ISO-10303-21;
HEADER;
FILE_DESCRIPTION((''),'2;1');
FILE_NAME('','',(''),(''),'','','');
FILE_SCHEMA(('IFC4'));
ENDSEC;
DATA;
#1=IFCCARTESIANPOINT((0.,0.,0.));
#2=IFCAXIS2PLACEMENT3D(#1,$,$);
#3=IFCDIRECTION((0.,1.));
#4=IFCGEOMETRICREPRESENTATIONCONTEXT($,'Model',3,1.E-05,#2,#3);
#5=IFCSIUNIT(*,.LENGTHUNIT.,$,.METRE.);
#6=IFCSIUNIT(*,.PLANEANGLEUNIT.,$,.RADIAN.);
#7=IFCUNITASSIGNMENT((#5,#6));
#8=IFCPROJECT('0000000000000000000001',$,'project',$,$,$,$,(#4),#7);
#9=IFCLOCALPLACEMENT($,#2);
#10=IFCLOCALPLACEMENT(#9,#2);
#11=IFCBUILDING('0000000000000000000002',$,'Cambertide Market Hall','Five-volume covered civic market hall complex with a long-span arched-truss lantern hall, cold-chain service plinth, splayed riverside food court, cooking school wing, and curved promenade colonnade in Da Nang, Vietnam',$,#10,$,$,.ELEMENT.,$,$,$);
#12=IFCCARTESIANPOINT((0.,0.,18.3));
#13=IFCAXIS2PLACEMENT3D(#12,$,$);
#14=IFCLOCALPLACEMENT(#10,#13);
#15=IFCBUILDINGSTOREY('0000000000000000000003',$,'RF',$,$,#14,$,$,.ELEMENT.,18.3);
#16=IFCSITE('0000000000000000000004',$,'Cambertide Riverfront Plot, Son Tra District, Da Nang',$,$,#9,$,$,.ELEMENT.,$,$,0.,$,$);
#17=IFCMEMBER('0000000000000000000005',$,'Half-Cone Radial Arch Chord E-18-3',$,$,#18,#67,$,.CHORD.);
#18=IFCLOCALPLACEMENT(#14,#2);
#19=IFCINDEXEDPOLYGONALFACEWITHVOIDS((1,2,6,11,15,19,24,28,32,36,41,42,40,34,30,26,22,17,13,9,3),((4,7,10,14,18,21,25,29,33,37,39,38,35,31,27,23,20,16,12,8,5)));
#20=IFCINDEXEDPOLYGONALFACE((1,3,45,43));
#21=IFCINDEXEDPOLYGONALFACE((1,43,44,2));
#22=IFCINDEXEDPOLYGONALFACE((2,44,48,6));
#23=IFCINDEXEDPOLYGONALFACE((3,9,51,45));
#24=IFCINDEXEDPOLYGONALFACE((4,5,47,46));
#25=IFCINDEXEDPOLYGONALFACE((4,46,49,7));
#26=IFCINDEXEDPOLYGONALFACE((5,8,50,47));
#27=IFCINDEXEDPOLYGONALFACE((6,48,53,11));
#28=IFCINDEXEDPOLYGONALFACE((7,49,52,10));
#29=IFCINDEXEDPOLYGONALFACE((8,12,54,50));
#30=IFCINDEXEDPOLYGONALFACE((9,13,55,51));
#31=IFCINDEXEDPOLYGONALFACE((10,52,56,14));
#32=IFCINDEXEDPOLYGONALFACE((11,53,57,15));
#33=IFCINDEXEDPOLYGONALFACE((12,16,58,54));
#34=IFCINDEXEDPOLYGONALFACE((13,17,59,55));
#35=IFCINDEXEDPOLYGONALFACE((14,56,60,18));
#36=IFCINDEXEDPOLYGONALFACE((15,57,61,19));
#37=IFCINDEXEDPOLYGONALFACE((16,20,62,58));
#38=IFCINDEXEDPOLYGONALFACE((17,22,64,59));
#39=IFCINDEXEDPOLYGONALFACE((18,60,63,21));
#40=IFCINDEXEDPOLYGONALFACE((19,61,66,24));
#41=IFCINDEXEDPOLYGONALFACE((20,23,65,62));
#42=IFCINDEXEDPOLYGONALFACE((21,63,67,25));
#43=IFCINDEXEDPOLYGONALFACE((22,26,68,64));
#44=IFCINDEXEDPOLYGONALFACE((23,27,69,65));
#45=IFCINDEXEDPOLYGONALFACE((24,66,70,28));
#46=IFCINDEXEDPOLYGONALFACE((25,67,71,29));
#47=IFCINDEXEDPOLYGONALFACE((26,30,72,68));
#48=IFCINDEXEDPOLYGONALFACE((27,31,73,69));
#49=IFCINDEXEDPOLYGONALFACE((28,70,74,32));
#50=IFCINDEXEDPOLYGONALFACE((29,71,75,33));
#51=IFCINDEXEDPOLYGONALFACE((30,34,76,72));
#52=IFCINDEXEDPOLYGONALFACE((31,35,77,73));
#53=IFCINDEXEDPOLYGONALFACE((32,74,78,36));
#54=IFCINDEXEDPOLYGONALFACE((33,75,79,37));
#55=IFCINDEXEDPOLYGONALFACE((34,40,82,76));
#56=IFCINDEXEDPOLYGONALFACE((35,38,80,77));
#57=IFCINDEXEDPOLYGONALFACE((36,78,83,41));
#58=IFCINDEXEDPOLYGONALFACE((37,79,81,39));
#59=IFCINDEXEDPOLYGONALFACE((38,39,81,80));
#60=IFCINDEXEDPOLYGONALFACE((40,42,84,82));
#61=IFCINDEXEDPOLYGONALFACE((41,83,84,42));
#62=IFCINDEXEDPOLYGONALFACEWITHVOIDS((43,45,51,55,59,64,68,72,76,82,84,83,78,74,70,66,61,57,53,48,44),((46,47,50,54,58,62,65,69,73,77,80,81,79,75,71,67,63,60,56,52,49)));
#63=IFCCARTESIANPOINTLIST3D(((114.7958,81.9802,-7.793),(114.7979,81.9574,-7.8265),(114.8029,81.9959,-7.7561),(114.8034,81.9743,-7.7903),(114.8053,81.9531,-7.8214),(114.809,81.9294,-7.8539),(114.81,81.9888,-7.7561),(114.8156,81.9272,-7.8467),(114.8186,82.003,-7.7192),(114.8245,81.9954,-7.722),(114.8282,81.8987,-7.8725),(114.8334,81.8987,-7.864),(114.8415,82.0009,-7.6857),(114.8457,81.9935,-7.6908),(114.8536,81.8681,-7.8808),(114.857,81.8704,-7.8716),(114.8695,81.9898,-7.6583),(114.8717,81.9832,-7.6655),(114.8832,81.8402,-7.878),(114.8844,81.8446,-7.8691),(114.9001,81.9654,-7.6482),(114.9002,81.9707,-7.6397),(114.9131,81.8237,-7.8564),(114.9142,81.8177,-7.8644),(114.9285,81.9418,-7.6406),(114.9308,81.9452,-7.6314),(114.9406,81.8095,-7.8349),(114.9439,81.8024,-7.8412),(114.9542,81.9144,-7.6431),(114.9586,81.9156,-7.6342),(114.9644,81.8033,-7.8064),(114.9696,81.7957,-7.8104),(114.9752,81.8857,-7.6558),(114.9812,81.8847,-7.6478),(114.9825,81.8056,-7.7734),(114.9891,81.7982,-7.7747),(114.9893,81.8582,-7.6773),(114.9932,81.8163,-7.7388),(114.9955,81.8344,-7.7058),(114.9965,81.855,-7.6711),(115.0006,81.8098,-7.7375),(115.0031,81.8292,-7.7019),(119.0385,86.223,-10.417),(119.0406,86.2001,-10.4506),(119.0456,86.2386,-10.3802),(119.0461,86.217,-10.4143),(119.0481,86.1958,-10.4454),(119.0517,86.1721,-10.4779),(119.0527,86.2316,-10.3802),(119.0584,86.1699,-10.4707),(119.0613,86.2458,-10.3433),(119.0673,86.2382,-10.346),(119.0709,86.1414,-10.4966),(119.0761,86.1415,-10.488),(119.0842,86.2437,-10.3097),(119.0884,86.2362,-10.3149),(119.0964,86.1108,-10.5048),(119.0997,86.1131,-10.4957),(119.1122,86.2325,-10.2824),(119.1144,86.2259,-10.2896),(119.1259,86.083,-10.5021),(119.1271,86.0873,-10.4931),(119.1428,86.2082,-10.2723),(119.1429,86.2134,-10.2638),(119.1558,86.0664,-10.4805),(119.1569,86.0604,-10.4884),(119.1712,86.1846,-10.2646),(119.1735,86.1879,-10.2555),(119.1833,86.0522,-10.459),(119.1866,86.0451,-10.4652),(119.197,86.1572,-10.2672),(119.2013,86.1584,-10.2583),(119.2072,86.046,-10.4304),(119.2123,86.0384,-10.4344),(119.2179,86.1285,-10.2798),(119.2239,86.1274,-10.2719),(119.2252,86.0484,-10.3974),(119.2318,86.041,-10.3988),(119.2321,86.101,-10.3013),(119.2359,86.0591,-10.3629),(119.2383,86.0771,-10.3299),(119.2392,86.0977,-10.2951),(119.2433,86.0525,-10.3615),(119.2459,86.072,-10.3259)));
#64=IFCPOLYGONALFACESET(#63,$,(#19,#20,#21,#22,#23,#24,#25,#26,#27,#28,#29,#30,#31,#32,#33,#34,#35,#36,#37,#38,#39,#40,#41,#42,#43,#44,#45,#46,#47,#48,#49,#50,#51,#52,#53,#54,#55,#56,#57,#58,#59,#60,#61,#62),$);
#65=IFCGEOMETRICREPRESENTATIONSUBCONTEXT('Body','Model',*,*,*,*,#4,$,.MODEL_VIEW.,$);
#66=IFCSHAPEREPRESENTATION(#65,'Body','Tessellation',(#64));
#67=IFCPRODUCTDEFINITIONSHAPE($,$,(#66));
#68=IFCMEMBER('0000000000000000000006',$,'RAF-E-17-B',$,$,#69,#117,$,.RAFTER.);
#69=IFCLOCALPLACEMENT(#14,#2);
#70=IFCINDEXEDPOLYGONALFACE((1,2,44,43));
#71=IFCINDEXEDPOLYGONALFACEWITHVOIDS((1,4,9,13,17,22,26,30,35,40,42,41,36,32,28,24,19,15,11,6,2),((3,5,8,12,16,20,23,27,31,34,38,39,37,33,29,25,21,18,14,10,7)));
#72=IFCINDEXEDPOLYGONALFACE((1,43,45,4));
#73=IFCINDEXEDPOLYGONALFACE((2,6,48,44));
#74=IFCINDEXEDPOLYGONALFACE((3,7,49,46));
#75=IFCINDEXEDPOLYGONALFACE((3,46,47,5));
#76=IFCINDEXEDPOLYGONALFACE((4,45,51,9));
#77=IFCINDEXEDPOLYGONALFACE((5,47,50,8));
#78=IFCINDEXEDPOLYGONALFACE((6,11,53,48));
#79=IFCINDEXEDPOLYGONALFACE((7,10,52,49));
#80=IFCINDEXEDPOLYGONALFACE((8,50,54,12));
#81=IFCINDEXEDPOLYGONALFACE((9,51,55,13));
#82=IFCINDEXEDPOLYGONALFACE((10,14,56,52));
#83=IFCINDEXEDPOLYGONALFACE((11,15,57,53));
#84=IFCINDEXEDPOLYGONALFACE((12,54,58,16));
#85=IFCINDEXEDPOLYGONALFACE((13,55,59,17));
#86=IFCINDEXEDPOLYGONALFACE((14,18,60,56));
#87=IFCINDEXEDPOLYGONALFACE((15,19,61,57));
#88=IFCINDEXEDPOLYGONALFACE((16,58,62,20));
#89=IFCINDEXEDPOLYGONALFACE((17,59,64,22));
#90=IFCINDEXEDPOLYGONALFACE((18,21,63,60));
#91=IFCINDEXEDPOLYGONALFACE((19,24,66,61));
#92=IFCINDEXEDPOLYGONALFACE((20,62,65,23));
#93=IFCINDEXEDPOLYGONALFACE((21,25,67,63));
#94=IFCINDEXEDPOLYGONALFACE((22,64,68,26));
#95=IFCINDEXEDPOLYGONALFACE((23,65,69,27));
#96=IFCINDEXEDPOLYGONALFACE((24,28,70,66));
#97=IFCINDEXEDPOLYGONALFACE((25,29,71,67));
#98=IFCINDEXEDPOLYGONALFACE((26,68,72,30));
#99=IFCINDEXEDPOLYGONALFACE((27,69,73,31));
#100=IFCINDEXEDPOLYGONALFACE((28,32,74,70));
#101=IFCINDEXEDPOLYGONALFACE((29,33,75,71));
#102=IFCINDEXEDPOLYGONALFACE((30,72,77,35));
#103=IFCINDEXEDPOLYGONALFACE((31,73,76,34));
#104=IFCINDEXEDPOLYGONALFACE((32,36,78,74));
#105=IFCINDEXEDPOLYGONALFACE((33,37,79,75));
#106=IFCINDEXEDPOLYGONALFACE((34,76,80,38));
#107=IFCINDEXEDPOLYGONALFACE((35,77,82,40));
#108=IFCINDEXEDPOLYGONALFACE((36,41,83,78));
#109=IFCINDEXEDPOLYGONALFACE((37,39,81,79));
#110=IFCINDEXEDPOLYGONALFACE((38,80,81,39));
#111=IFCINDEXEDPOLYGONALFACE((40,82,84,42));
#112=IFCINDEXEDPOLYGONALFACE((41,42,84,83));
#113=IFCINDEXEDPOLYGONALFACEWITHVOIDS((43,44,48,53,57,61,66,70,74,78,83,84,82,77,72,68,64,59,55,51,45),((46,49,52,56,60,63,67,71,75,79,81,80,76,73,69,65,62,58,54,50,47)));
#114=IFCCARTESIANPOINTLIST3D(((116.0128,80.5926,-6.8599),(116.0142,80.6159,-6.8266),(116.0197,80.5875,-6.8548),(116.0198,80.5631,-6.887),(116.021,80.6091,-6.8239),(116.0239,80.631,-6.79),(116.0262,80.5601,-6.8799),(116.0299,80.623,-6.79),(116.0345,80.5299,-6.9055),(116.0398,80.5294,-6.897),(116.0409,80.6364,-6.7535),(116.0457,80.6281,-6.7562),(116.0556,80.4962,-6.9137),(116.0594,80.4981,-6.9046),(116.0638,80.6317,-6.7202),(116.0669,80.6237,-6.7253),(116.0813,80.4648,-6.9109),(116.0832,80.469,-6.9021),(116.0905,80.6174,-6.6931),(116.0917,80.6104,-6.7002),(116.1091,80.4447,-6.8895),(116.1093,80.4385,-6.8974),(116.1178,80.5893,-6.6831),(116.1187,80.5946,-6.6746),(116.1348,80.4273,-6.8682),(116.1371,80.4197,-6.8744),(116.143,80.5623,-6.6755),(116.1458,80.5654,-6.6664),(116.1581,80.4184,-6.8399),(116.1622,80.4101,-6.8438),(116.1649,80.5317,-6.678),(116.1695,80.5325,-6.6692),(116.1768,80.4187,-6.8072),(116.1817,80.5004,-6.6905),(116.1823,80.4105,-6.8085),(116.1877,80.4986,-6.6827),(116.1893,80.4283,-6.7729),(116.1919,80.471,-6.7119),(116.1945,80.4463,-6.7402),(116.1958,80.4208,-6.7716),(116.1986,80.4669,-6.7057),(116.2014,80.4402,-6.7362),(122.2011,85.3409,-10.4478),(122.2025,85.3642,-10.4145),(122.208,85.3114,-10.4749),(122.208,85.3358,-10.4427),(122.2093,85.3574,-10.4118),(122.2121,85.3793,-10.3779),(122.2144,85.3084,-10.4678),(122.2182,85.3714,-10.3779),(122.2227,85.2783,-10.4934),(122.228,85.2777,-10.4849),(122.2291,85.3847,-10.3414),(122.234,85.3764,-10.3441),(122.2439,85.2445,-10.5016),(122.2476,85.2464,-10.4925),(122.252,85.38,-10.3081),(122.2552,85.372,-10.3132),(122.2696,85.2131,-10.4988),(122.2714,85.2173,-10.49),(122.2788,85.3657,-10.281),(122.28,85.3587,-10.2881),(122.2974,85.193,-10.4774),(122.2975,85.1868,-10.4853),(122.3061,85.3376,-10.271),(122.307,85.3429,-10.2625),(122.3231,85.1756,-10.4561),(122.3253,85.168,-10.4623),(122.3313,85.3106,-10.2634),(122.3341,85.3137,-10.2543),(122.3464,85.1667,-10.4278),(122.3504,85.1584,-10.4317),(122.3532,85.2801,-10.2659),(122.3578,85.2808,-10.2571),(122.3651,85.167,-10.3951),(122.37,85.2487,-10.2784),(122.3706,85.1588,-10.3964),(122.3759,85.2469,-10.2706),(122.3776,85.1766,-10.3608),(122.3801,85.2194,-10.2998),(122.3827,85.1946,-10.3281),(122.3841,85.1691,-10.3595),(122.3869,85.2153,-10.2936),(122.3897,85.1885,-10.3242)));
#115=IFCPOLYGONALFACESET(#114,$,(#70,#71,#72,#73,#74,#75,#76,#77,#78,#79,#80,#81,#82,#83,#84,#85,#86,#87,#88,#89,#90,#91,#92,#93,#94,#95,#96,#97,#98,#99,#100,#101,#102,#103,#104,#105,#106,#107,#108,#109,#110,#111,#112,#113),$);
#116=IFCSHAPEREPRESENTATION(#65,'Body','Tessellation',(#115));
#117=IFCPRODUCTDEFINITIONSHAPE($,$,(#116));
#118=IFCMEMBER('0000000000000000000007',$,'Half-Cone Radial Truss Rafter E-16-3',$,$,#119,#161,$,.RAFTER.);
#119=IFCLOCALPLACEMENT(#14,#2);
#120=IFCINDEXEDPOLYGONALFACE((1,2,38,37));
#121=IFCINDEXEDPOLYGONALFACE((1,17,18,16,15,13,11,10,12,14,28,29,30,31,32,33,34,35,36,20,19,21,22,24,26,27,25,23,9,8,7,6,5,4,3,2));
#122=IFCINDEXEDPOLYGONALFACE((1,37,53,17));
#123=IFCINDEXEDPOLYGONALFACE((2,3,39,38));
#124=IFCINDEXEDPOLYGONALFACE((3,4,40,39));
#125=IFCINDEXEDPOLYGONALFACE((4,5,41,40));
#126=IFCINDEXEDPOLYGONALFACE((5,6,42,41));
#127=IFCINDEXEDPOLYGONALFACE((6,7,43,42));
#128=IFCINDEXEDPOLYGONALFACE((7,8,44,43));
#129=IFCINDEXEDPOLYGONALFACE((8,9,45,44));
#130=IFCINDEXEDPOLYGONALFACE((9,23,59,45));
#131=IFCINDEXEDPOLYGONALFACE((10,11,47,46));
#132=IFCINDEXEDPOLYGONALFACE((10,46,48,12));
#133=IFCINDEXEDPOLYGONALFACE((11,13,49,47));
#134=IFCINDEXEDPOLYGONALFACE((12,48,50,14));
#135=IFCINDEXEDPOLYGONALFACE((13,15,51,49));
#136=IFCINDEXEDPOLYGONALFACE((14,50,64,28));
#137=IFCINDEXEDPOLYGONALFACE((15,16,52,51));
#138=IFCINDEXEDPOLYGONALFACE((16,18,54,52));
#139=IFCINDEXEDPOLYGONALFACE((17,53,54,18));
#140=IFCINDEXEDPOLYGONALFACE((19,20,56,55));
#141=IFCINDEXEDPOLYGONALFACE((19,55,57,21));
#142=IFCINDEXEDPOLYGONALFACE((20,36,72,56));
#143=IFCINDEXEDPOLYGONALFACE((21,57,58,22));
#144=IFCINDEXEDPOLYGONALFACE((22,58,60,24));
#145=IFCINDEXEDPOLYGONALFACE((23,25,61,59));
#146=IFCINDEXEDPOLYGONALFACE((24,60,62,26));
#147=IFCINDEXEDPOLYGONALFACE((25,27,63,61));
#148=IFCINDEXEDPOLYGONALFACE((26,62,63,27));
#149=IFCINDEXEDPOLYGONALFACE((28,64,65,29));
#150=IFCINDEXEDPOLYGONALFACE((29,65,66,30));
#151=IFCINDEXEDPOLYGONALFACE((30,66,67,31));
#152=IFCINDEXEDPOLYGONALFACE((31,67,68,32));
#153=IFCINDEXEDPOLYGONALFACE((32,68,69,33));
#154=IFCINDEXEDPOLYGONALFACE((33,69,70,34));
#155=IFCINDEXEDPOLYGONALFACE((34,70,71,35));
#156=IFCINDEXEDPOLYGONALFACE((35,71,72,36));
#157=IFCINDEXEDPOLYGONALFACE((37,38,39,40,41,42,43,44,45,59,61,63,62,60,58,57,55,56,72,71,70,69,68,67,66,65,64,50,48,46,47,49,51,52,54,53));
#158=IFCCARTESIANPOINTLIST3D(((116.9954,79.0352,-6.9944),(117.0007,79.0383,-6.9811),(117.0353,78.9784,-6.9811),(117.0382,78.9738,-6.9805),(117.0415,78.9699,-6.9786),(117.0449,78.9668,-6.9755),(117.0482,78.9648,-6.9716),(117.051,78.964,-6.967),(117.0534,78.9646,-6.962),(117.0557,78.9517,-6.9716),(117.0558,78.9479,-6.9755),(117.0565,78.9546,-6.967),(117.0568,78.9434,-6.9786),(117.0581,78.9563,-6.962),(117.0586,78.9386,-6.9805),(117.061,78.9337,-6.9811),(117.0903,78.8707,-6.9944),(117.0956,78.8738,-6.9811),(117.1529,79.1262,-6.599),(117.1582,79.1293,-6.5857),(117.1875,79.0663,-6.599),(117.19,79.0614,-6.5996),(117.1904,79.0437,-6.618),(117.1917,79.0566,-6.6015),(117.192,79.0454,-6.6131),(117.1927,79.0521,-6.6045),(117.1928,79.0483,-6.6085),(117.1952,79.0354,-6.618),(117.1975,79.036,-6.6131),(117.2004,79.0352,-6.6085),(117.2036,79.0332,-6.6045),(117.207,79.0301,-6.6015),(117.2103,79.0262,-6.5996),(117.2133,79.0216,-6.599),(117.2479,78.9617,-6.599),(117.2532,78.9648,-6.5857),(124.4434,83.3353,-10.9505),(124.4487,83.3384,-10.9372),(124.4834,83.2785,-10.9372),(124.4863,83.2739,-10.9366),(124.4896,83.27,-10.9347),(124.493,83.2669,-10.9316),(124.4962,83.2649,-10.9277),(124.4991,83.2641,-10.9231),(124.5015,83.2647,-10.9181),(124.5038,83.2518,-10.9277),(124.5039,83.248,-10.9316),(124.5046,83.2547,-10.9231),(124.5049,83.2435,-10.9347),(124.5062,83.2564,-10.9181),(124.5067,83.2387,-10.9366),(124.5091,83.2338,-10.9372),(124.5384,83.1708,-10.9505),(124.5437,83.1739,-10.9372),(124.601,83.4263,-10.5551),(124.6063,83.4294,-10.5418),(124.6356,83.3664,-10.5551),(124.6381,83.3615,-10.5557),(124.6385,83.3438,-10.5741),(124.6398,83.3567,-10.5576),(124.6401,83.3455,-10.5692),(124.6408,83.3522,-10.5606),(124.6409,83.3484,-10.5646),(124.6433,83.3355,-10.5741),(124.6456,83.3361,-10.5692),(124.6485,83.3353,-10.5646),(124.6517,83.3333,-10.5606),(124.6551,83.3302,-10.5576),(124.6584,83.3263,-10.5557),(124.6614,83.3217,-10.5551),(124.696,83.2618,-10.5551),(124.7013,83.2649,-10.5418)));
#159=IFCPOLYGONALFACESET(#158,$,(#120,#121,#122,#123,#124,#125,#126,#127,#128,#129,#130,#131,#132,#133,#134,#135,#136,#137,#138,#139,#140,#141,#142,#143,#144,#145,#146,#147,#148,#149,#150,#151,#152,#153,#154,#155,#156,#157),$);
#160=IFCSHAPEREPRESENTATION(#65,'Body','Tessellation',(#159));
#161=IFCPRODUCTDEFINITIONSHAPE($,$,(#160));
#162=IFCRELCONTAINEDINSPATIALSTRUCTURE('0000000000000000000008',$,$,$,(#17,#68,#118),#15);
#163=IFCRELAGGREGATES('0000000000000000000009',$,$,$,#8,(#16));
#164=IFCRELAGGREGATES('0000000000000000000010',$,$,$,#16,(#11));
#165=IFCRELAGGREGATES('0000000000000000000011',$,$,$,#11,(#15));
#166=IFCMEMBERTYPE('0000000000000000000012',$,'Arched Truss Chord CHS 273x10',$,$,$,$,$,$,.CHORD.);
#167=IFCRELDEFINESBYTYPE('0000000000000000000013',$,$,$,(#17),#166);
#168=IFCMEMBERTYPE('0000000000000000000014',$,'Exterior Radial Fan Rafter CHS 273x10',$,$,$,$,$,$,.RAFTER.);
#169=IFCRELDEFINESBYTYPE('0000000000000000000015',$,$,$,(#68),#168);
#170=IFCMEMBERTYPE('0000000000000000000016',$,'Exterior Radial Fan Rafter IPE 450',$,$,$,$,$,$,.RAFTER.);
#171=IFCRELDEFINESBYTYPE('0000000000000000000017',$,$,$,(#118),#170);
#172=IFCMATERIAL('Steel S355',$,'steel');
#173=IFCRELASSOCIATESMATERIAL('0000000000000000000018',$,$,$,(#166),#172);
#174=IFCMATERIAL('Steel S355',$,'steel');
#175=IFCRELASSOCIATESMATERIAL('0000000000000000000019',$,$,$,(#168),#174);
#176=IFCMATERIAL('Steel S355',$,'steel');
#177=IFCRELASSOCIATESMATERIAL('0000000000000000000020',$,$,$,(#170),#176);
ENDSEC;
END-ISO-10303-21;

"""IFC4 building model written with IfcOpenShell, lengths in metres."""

from ifc_helpers import new_model, si_unit, direction, frame, origin, origin_2d, place, context, subcontext, project, spatial, hollow_circle, i_section, extrude, material, material_profile, profile_set, type_object, element, save


model = new_model("IFC4")

# Units and contexts
model_context = context("Model", 3, precision=1e-05, world=origin(), true_north=direction((0.0, 1.0)))
body_context = subcontext(model_context, "Body", "Model", "MODEL_VIEW")
ifc_project = project(units=[si_unit("LENGTHUNIT", "METRE"), si_unit("PLANEANGLEUNIT", "RADIAN")], contexts=[model_context])

# Site, building, storey
site_placement = place(None, origin())
site = spatial("IfcSite", under=ifc_project, at=site_placement, Name="Cambertide Riverfront Plot, Son Tra District, Da Nang", CompositionType="ELEMENT", RefElevation=0.0)
building_placement = place(site_placement, origin())
building = spatial("IfcBuilding", under=site, at=building_placement, Name="Cambertide Market Hall", Description="Five-volume covered civic market hall complex with a long-span arched-truss lantern hall, cold-chain service plinth, splayed riverside food court, cooking school wing, and curved promenade colonnade in Da Nang, Vietnam", CompositionType="ELEMENT")
storey_placement = place(building_placement, frame((0.0, 0.0, 18.3)))
storey = spatial("IfcBuildingStorey", under=building, at=storey_placement, Name="RF", CompositionType="ELEMENT", Elevation=18.3)

# Members
ifc_material_1 = material(Name="Steel S355", Category="steel")
ifc_material_profile_1 = material_profile(ifc_material_1, hollow_circle(Radius=0.1365, WallThickness=0.01, at=origin_2d()), Name="CHS 273x10")
ifc_profile_set_1 = profile_set([ifc_material_profile_1], Name="Steel S355")
member_type_1 = type_object("IfcMemberType", Name="Arched Truss Chord CHS 273x10", PredefinedType="CHORD", material=ifc_profile_set_1)
for number, where, z_axis, x_axis, name in (
    (1, (114.8994, 81.8994, -7.7561), (0.647861, 0.647861, -0.400691), (-0.707107, 0.707107, 0.0), "Half-Cone Radial Arch Chord E-18-3"),
):
    element("IfcMember", number, at=place(storey_placement, frame(where, z_axis=z_axis, x_axis=x_axis)), inside=storey, type_object=member_type_1, Name=name, PredefinedType="CHORD", context=body_context, shape_type="SweptSolid", body=[
        extrude(hollow_circle(Radius=0.1365, WallThickness=0.01, at=origin_2d()), origin(), (0.0, 0.0, 1.0), 6.5488),
    ])
ifc_material_2 = material(Name="Steel S355", Category="steel")
ifc_material_profile_2 = material_profile(ifc_material_2, hollow_circle(Radius=0.1365, WallThickness=0.01, at=origin_2d()), Name="CHS 273x10")
ifc_profile_set_2 = profile_set([ifc_material_profile_2], Name="Steel S355")
member_type_2 = type_object("IfcMemberType", Name="Exterior Radial Fan Rafter CHS 273x10", PredefinedType="RAFTER", material=ifc_profile_set_2)
member_1_placement = place(storey_placement, frame((116.1069, 80.5227, -6.79), z_axis=(0.720764, 0.553049, -0.417894), x_axis=(-0.608753, 0.79336, 0.0)))
element("IfcMember", 2, at=member_1_placement, inside=storey, type_object=member_type_2, Name="RAF-E-17-B", PredefinedType="RAFTER", context=body_context, shape_type="SweptSolid", body=[
    extrude(hollow_circle(Radius=0.1365, WallThickness=0.01, at=origin_2d()), origin(), (0.0, 0.0, 1.0), 8.5857),
])
ifc_material_3 = material(Name="Steel S355", Category="steel")
ifc_material_profile_3 = material_profile(ifc_material_3, i_section(OverallWidth=0.1899, OverallDepth=0.45, WebThickness=0.0095, FlangeThickness=0.0146, FilletRadius=0.021, at=origin_2d()), Name="IPE 450")
ifc_profile_set_3 = profile_set([ifc_material_profile_3], Name="Steel S355")
member_type_3 = type_object("IfcMemberType", Name="Exterior Radial Fan Rafter IPE 450", PredefinedType="RAFTER", material=ifc_profile_set_3)
for number, where, z_axis, x_axis, name in (
    (3, (117.1243, 79.0, -6.79), (0.786779, 0.454241, -0.417903), (-0.499995, 0.866028, 0.0), "Half-Cone Radial Truss Rafter E-16-3"),
):
    element("IfcMember", number, at=place(storey_placement, frame(where, z_axis=z_axis, x_axis=x_axis)), inside=storey, type_object=member_type_3, Name=name, PredefinedType="RAFTER", context=body_context, shape_type="SweptSolid", body=[
        extrude(i_section(OverallWidth=0.1899, OverallDepth=0.45, WebThickness=0.0095, FlangeThickness=0.0146, FilletRadius=0.021, at=origin_2d()), origin(), (0.0, 0.0, 1.0), 9.4666),
    ])

save(model, "model.ifc")
